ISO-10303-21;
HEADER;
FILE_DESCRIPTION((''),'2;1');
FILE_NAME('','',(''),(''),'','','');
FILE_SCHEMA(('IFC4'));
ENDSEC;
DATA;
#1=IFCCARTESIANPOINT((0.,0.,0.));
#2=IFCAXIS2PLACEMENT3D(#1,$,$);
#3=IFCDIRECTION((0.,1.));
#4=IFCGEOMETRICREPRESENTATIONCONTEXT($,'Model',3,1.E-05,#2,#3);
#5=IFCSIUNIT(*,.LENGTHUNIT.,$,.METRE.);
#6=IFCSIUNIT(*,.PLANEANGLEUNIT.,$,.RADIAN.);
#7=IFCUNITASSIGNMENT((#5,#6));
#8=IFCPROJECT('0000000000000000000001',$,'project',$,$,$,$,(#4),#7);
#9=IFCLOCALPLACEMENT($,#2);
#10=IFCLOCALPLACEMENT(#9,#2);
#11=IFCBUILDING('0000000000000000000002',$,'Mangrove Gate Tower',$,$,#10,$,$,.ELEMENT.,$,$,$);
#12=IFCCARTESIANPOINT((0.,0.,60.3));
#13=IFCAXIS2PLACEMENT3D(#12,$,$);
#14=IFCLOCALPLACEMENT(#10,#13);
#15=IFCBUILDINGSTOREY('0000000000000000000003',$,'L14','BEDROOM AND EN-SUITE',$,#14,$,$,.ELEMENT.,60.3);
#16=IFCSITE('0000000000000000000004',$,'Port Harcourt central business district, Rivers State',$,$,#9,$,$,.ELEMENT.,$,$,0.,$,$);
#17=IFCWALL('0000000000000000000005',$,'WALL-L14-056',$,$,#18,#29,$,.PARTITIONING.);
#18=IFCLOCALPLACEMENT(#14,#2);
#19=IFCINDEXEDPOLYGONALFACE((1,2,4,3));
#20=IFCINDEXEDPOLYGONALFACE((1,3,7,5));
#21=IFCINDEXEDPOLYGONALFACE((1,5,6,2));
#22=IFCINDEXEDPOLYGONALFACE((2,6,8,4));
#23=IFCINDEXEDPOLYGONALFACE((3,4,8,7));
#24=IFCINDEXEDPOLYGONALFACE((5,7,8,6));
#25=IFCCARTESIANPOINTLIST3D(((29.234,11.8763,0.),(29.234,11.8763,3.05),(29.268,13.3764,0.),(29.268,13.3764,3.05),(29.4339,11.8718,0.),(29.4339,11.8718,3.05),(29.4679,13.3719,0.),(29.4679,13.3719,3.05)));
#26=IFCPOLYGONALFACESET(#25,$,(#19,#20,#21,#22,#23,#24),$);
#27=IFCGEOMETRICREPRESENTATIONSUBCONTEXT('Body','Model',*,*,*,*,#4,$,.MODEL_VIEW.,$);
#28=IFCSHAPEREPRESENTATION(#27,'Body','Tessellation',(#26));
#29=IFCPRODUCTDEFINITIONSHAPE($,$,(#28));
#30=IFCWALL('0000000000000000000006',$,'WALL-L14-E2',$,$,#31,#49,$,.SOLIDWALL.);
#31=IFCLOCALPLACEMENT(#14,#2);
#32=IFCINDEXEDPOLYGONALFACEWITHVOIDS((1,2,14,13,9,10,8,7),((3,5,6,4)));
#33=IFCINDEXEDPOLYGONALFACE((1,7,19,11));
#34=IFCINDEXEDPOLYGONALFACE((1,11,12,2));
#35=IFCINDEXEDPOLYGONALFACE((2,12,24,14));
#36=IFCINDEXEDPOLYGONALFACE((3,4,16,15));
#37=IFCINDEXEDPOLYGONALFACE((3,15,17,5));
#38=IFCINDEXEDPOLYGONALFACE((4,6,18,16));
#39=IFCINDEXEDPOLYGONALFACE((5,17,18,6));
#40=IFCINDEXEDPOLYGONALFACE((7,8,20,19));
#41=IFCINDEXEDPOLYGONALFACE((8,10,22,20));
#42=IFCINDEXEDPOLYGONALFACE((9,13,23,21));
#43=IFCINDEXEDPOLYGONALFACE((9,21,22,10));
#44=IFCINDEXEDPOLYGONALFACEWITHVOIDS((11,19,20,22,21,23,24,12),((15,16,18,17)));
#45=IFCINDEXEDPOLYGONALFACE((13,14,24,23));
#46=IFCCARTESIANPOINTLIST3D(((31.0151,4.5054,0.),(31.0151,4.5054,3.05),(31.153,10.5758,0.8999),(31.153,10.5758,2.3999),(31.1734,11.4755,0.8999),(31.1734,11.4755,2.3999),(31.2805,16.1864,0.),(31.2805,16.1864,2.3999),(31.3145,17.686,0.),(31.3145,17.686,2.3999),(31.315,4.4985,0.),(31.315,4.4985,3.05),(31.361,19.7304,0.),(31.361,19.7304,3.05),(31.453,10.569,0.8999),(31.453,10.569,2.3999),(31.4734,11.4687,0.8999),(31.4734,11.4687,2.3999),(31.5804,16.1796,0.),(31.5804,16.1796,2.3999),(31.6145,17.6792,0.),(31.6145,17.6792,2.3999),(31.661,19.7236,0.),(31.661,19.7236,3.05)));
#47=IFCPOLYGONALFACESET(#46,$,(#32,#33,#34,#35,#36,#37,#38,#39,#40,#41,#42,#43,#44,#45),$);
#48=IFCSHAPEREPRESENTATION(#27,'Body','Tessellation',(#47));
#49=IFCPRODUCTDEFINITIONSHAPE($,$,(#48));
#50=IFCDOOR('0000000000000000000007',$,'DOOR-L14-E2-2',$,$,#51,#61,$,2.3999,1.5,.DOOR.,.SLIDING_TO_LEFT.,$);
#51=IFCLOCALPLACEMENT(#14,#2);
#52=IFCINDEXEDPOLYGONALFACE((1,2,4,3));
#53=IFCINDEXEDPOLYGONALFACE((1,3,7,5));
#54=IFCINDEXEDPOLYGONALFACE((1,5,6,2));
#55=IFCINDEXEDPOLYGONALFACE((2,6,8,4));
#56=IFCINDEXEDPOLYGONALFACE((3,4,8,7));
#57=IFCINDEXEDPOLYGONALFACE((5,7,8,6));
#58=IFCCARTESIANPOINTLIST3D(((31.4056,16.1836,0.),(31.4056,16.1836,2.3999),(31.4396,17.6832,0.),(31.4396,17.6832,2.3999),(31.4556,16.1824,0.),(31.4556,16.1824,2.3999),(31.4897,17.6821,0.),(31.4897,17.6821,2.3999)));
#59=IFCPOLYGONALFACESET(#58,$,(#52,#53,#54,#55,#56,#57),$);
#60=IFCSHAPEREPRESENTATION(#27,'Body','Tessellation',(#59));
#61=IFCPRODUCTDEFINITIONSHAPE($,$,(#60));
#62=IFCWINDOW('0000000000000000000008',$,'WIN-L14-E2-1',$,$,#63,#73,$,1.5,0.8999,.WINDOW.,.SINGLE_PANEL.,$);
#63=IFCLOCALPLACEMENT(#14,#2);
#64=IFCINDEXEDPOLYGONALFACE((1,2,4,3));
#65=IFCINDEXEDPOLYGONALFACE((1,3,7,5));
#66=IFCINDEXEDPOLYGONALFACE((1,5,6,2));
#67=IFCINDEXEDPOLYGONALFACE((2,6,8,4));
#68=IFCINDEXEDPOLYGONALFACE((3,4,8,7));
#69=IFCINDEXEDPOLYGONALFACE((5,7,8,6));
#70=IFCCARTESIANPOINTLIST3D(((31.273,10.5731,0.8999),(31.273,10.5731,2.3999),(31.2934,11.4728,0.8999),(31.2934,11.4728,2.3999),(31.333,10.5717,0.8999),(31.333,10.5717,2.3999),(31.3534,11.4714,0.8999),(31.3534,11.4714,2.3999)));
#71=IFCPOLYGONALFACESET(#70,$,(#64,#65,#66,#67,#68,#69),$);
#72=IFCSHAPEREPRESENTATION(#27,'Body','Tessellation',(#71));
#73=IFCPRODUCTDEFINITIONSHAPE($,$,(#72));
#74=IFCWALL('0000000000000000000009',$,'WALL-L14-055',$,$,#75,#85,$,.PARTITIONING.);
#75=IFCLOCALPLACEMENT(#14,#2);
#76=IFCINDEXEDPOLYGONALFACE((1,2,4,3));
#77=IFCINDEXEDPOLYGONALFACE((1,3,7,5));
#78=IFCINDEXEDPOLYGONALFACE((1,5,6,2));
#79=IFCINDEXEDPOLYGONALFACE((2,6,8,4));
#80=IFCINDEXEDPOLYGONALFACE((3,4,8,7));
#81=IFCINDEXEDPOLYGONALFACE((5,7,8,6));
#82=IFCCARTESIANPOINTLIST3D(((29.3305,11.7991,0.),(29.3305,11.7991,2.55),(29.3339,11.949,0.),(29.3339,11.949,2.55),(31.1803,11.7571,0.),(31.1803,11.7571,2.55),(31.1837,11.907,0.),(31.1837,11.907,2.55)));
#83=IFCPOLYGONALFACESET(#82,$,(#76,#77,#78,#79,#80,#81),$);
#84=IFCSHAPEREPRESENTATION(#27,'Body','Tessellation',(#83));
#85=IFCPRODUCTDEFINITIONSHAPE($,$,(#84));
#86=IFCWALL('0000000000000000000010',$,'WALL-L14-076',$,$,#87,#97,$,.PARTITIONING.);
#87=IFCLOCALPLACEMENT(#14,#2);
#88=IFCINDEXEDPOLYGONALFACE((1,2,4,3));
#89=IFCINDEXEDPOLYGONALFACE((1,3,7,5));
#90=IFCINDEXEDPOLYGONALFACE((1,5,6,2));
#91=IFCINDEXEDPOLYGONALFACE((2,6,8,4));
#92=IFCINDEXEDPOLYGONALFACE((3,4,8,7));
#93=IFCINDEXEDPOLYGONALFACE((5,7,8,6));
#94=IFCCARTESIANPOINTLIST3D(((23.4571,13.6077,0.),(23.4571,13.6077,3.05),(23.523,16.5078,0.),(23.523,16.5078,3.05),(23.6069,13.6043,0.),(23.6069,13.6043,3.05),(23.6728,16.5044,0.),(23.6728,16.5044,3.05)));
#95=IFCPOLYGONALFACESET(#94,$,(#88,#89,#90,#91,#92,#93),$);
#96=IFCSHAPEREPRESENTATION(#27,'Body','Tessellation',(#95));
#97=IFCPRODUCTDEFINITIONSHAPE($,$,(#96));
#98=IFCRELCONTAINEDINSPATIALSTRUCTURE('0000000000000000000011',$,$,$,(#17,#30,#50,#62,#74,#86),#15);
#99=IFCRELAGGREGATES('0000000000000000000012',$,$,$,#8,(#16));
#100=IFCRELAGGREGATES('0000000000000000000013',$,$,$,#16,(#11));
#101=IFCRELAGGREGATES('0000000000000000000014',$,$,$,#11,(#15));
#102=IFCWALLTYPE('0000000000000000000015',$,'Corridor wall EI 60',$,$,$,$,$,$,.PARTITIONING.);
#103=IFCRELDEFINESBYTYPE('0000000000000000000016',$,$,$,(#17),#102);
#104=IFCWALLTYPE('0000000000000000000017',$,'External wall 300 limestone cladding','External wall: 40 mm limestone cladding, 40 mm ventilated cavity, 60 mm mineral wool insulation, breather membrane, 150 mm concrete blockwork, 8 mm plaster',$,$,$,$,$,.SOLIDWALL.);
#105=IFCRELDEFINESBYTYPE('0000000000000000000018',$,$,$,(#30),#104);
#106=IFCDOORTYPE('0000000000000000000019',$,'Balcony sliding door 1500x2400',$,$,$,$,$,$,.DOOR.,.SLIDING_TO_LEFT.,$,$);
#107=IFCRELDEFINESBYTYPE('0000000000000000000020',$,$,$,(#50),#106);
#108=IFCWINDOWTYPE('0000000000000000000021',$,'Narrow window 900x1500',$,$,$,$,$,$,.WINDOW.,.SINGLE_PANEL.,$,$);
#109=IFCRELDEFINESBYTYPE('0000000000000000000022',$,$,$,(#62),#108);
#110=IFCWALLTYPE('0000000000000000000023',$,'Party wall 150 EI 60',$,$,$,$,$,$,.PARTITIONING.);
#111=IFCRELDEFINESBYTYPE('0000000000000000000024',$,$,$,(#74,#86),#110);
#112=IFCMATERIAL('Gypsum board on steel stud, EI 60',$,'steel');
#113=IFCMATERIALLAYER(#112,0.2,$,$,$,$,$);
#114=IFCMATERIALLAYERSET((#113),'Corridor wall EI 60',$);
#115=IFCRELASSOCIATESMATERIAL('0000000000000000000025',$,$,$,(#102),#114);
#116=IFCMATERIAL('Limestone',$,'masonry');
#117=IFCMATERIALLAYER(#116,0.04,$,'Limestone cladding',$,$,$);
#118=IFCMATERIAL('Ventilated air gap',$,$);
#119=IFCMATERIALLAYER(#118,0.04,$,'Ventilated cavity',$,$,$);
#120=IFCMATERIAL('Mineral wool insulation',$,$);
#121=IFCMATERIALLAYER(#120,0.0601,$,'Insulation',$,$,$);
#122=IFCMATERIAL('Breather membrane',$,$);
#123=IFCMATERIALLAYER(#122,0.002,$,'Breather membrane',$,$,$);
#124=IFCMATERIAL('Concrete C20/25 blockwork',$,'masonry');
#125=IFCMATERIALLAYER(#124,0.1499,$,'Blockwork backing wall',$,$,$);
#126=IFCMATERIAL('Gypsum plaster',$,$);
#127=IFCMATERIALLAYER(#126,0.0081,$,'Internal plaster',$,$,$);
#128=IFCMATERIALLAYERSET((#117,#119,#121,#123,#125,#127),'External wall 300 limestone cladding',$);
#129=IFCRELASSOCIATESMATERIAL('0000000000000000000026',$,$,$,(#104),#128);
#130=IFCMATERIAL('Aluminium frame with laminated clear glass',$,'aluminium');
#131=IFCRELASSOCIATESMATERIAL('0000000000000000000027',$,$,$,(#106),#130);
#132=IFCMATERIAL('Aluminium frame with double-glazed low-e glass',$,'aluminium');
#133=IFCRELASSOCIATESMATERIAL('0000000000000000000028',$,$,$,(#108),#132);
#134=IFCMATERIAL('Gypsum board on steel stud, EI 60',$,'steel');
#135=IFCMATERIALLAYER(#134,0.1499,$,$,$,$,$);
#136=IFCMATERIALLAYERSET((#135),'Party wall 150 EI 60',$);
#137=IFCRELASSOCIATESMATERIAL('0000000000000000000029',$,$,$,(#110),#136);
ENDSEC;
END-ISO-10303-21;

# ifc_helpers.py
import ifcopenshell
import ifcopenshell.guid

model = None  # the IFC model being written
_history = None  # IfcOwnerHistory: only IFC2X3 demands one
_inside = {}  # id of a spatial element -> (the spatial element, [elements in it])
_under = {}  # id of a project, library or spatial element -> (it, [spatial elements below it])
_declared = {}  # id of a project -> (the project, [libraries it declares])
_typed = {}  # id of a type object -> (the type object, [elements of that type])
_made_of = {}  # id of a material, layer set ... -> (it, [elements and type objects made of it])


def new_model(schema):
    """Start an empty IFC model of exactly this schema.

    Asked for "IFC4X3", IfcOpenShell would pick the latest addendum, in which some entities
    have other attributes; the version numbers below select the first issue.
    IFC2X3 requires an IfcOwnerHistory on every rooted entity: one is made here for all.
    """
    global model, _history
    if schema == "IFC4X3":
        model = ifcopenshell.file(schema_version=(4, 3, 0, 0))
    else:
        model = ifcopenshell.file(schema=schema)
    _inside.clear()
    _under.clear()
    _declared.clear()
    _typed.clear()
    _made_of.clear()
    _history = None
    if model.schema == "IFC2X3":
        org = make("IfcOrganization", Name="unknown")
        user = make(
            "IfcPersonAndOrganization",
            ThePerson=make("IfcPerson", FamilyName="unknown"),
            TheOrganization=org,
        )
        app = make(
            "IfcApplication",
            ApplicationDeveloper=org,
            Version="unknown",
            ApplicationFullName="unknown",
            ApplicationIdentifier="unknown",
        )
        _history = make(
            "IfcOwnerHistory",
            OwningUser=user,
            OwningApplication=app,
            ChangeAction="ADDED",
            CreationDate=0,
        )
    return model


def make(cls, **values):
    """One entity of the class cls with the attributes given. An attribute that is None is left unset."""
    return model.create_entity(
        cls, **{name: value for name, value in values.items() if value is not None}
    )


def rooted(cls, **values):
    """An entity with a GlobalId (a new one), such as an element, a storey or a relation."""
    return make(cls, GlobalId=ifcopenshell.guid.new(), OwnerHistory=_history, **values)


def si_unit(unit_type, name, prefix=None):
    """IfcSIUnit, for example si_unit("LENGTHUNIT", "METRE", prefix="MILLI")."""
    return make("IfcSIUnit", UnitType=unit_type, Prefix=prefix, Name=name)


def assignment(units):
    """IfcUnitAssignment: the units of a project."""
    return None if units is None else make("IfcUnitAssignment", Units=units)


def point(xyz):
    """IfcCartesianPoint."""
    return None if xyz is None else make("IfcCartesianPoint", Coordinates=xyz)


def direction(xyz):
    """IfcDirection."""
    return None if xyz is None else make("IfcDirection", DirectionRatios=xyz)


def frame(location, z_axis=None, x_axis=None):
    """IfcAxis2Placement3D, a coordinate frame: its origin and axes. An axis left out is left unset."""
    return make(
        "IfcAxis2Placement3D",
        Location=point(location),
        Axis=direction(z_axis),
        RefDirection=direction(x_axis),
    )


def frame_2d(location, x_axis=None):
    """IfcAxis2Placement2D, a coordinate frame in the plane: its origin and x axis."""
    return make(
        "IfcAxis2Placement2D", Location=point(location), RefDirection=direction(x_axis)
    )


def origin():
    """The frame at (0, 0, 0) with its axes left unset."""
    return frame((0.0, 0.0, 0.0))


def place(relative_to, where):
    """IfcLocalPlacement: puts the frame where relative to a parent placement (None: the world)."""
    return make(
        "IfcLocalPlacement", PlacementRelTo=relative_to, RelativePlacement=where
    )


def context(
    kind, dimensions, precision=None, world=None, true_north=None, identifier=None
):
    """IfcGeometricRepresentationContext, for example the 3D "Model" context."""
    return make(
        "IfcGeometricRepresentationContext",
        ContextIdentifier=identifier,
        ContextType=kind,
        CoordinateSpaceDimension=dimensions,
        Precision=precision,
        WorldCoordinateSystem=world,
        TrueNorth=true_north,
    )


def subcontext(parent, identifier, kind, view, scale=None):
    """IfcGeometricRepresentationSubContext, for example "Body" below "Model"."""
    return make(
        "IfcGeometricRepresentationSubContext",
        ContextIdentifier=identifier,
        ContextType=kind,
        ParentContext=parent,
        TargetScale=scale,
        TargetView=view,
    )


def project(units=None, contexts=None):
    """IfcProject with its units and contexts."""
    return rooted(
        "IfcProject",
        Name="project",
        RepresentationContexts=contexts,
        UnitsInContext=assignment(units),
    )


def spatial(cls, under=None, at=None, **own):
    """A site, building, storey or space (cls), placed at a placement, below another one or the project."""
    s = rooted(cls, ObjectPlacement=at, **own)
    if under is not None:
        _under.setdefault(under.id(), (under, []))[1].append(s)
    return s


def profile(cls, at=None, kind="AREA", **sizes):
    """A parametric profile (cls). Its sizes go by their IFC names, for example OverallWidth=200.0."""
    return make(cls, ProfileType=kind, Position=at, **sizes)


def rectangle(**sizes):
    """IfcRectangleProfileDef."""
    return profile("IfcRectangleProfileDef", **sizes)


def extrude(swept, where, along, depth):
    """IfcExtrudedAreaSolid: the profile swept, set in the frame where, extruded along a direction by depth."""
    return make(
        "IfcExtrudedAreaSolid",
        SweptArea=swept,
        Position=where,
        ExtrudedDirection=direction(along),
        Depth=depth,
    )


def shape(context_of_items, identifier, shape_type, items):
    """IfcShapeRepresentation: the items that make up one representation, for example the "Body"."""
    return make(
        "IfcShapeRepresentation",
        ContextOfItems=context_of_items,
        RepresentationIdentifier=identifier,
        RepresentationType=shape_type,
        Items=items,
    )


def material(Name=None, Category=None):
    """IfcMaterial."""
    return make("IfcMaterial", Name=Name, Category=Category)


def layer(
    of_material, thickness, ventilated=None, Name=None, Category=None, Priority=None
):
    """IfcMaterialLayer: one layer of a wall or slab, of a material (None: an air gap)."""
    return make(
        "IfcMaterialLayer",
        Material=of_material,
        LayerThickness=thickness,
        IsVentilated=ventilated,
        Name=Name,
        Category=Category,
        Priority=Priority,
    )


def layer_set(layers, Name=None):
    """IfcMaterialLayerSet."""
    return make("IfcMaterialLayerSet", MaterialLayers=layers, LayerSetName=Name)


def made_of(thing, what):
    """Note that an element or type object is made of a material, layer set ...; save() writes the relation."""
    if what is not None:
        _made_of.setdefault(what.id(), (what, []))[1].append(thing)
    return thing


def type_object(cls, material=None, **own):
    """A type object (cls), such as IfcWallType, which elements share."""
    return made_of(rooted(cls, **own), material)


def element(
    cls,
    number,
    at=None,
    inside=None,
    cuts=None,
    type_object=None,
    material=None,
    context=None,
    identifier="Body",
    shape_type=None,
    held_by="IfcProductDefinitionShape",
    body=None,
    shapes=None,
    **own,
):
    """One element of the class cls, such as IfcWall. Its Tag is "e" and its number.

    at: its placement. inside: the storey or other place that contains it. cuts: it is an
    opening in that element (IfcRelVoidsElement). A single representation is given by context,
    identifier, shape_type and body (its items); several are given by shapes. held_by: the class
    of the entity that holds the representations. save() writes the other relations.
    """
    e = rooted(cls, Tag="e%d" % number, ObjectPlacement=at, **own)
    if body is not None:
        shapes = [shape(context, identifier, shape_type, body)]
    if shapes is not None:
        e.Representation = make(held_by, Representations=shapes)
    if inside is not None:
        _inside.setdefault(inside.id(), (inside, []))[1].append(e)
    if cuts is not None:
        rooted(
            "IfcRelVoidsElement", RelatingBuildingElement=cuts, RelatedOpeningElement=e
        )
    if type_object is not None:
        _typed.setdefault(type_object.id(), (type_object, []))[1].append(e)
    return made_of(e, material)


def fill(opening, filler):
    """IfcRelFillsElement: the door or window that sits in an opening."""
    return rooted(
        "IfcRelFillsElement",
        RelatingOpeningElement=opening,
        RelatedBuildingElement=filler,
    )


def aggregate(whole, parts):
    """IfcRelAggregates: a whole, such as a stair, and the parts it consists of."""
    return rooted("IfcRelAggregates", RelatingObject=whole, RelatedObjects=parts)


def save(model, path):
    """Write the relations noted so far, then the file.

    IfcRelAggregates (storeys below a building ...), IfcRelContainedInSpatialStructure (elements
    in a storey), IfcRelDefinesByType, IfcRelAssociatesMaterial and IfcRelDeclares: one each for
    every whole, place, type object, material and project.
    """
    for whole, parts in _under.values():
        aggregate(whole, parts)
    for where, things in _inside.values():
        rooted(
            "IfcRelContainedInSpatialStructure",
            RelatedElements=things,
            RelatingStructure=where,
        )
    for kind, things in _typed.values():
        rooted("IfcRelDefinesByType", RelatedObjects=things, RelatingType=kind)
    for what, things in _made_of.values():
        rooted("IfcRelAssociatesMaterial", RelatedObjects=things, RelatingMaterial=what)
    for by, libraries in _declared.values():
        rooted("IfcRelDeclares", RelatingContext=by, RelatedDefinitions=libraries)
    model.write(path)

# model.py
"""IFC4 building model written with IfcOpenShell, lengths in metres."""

from ifc_helpers import new_model, si_unit, direction, frame, frame_2d, origin, place, context, subcontext, project, spatial, rectangle, extrude, material, layer, layer_set, type_object, element, fill, save


model = new_model("IFC4")

# Units and contexts
model_context = context("Model", 3, precision=1e-05, world=origin(), true_north=direction((0.0, 1.0)))
body_context = subcontext(model_context, "Body", "Model", "MODEL_VIEW")
ifc_project = project(units=[si_unit("LENGTHUNIT", "METRE"), si_unit("PLANEANGLEUNIT", "RADIAN")], contexts=[model_context])

# Site, building, storey
site_placement = place(None, origin())
site = spatial("IfcSite", under=ifc_project, at=site_placement, Name="Port Harcourt central business district, Rivers State", CompositionType="ELEMENT", RefElevation=0.0)
building_placement = place(site_placement, origin())
building = spatial("IfcBuilding", under=site, at=building_placement, Name="Mangrove Gate Tower", CompositionType="ELEMENT")
storey_placement = place(building_placement, frame((0.0, 0.0, 60.3)))
storey = spatial("IfcBuildingStorey", under=building, at=storey_placement, Name="L14", Description="BEDROOM AND EN-SUITE", CompositionType="ELEMENT", Elevation=60.3)

# Shared definitions
ifc_material_1 = material(Name="Gypsum board on steel stud, EI 60", Category="steel")
ifc_layer_1 = layer(ifc_material_1, 0.2)
ifc_layer_set_1 = layer_set([ifc_layer_1], Name="Corridor wall EI 60")
wall_type_1 = type_object("IfcWallType", Name="Corridor wall EI 60", PredefinedType="PARTITIONING", material=ifc_layer_set_1)

# Wall
wall_1_placement = place(storey_placement, frame((29.334, 11.874, 0.0), z_axis=(0.0, 0.0, 1.0), x_axis=(0.022618, 0.999744, 0.0)))
element("IfcWall", 1, at=wall_1_placement, inside=storey, type_object=wall_type_1, Name="WALL-L14-056", PredefinedType="PARTITIONING", context=body_context, shape_type="SweptSolid", body=[
    extrude(rectangle(XDim=1.5005, YDim=0.2, at=frame_2d((0.7502, 0.0))), origin(), (0.0, 0.0, 1.0), 3.05),
])

# Wall, openings, door, window
ifc_material_2 = material(Name="Limestone", Category="masonry")
ifc_layer_2 = layer(ifc_material_2, 0.04, Name="Limestone cladding")
ifc_material_3 = material(Name="Ventilated air gap")
ifc_layer_3 = layer(ifc_material_3, 0.04, Name="Ventilated cavity")
ifc_material_4 = material(Name="Mineral wool insulation")
ifc_layer_4 = layer(ifc_material_4, 0.0601, Name="Insulation")
ifc_material_5 = material(Name="Breather membrane")
ifc_layer_5 = layer(ifc_material_5, 0.002, Name="Breather membrane")
ifc_material_6 = material(Name="Concrete C20/25 blockwork", Category="masonry")
ifc_layer_6 = layer(ifc_material_6, 0.1499, Name="Blockwork backing wall")
ifc_material_7 = material(Name="Gypsum plaster")
ifc_layer_7 = layer(ifc_material_7, 0.0081, Name="Internal plaster")
ifc_layer_set_2 = layer_set([ifc_layer_2, ifc_layer_3, ifc_layer_4, ifc_layer_5, ifc_layer_6, ifc_layer_7], Name="External wall 300 limestone cladding")
wall_type_2 = type_object("IfcWallType", Name="External wall 300 limestone cladding", Description="External wall: 40 mm limestone cladding, 40 mm ventilated cavity, 60 mm mineral wool insulation, breather membrane, 150 mm concrete blockwork, 8 mm plaster", PredefinedType="SOLIDWALL", material=ifc_layer_set_2)
wall_2_placement = place(storey_placement, frame((31.165, 4.502, 0.0), z_axis=(0.0, 0.0, 1.0), x_axis=(0.022716, 0.999742, 0.0)))
wall_2 = element("IfcWall", 2, at=wall_2_placement, inside=storey, type_object=wall_type_2, Name="WALL-L14-E2", PredefinedType="SOLIDWALL", context=body_context, shape_type="SweptSolid", body=[
    extrude(rectangle(XDim=15.229, YDim=0.3, at=frame_2d((7.6145, 0.0))), origin(), (0.0, 0.0, 1.0), 3.05),
])
opening_1_placement = place(wall_2_placement, frame((6.072, 0.0, 0.8999)))
opening_1 = element("IfcOpeningElement", 3, at=opening_1_placement, cuts=wall_2, PredefinedType="OPENING", context=body_context, shape_type="SweptSolid", body=[
    extrude(rectangle(XDim=0.8999, YDim=1.5, at=frame_2d((0.45, 0.75))), frame((0.0, 0.1599, 0.0), z_axis=(0.0, -1.0, 0.0), x_axis=(1.0, 0.0, 0.0)), (0.0, 0.0, 1.0), 0.3201),
])
opening_2_placement = place(wall_2_placement, frame((11.6841, 0.0, 0.0)))
opening_2 = element("IfcOpeningElement", 4, at=opening_2_placement, cuts=wall_2, PredefinedType="OPENING", context=body_context, shape_type="SweptSolid", body=[
    extrude(rectangle(XDim=1.5, YDim=2.3999, at=frame_2d((0.75, 1.2))), frame((0.0, 0.1599, 0.0), z_axis=(0.0, -1.0, 0.0), x_axis=(1.0, 0.0, 0.0)), (0.0, 0.0, 1.0), 0.3201),
])
ifc_material_8 = material(Name="Aluminium frame with laminated clear glass", Category="aluminium")
door_type_1 = type_object("IfcDoorType", Name="Balcony sliding door 1500x2400", OperationType="SLIDING_TO_LEFT", PredefinedType="DOOR", material=ifc_material_8)
door_1_placement = place(opening_2_placement, origin())
door_1 = element("IfcDoor", 5, at=door_1_placement, inside=storey, type_object=door_type_1, Name="DOOR-L14-E2-2", OperationType="SLIDING_TO_LEFT", OverallHeight=2.3999, OverallWidth=1.5, PredefinedType="DOOR", context=body_context, shape_type="SweptSolid", body=[
    extrude(rectangle(XDim=1.5, YDim=2.3999, at=frame_2d((0.75, 1.2))), frame((0.0, 0.0249, 0.0), z_axis=(0.0, -1.0, 0.0), x_axis=(1.0, 0.0, 0.0)), (0.0, 0.0, 1.0), 0.05),
])
fill(opening_2, door_1)
ifc_material_9 = material(Name="Aluminium frame with double-glazed low-e glass", Category="aluminium")
window_type = type_object("IfcWindowType", Name="Narrow window 900x1500", PartitioningType="SINGLE_PANEL", PredefinedType="WINDOW", material=ifc_material_9)
window_placement = place(opening_1_placement, origin())
window = element("IfcWindow", 6, at=window_placement, inside=storey, type_object=window_type, Name="WIN-L14-E2-1", OverallHeight=1.5, OverallWidth=0.8999, PartitioningType="SINGLE_PANEL", PredefinedType="WINDOW", context=body_context, shape_type="SweptSolid", body=[
    extrude(rectangle(XDim=0.8999, YDim=1.5, at=frame_2d((0.45, 0.75))), frame((0.0, 0.03, 0.0), z_axis=(0.0, -1.0, 0.0), x_axis=(1.0, 0.0, 0.0)), (0.0, 0.0, 1.0), 0.0601),
])
fill(opening_1, window)

# Walls
ifc_material_10 = material(Name="Gypsum board on steel stud, EI 60", Category="steel")
ifc_layer_8 = layer(ifc_material_10, 0.1499)
ifc_layer_set_3 = layer_set([ifc_layer_8], Name="Party wall 150 EI 60")
wall_type_3 = type_object("IfcWallType", Name="Party wall 150 EI 60", PredefinedType="PARTITIONING", material=ifc_layer_set_3)
wall_3_placement = place(storey_placement, frame((29.332, 11.874, 0.0), z_axis=(0.0, 0.0, 1.0), x_axis=(0.999742, -0.022694, 0.0)))
element("IfcWall", 7, at=wall_3_placement, inside=storey, type_object=wall_type_3, Name="WALL-L14-055", PredefinedType="PARTITIONING", context=body_context, shape_type="SweptSolid", body=[
    extrude(rectangle(XDim=1.8503, YDim=0.1499, at=frame_2d((0.9253, 0.0))), origin(), (0.0, 0.0, 1.0), 2.55),
])
wall_4_placement = place(storey_placement, frame((23.532, 13.606, 0.0), z_axis=(0.0, 0.0, 1.0), x_axis=(0.022723, 0.999742, 0.0)))
element("IfcWall", 8, at=wall_4_placement, inside=storey, type_object=wall_type_3, Name="WALL-L14-076", PredefinedType="PARTITIONING", context=body_context, shape_type="SweptSolid", body=[
    extrude(rectangle(XDim=2.9009, YDim=0.1499, at=frame_2d((1.4504, 0.0))), origin(), (0.0, 0.0, 1.0), 3.05),
])

save(model, "model.ifc")
